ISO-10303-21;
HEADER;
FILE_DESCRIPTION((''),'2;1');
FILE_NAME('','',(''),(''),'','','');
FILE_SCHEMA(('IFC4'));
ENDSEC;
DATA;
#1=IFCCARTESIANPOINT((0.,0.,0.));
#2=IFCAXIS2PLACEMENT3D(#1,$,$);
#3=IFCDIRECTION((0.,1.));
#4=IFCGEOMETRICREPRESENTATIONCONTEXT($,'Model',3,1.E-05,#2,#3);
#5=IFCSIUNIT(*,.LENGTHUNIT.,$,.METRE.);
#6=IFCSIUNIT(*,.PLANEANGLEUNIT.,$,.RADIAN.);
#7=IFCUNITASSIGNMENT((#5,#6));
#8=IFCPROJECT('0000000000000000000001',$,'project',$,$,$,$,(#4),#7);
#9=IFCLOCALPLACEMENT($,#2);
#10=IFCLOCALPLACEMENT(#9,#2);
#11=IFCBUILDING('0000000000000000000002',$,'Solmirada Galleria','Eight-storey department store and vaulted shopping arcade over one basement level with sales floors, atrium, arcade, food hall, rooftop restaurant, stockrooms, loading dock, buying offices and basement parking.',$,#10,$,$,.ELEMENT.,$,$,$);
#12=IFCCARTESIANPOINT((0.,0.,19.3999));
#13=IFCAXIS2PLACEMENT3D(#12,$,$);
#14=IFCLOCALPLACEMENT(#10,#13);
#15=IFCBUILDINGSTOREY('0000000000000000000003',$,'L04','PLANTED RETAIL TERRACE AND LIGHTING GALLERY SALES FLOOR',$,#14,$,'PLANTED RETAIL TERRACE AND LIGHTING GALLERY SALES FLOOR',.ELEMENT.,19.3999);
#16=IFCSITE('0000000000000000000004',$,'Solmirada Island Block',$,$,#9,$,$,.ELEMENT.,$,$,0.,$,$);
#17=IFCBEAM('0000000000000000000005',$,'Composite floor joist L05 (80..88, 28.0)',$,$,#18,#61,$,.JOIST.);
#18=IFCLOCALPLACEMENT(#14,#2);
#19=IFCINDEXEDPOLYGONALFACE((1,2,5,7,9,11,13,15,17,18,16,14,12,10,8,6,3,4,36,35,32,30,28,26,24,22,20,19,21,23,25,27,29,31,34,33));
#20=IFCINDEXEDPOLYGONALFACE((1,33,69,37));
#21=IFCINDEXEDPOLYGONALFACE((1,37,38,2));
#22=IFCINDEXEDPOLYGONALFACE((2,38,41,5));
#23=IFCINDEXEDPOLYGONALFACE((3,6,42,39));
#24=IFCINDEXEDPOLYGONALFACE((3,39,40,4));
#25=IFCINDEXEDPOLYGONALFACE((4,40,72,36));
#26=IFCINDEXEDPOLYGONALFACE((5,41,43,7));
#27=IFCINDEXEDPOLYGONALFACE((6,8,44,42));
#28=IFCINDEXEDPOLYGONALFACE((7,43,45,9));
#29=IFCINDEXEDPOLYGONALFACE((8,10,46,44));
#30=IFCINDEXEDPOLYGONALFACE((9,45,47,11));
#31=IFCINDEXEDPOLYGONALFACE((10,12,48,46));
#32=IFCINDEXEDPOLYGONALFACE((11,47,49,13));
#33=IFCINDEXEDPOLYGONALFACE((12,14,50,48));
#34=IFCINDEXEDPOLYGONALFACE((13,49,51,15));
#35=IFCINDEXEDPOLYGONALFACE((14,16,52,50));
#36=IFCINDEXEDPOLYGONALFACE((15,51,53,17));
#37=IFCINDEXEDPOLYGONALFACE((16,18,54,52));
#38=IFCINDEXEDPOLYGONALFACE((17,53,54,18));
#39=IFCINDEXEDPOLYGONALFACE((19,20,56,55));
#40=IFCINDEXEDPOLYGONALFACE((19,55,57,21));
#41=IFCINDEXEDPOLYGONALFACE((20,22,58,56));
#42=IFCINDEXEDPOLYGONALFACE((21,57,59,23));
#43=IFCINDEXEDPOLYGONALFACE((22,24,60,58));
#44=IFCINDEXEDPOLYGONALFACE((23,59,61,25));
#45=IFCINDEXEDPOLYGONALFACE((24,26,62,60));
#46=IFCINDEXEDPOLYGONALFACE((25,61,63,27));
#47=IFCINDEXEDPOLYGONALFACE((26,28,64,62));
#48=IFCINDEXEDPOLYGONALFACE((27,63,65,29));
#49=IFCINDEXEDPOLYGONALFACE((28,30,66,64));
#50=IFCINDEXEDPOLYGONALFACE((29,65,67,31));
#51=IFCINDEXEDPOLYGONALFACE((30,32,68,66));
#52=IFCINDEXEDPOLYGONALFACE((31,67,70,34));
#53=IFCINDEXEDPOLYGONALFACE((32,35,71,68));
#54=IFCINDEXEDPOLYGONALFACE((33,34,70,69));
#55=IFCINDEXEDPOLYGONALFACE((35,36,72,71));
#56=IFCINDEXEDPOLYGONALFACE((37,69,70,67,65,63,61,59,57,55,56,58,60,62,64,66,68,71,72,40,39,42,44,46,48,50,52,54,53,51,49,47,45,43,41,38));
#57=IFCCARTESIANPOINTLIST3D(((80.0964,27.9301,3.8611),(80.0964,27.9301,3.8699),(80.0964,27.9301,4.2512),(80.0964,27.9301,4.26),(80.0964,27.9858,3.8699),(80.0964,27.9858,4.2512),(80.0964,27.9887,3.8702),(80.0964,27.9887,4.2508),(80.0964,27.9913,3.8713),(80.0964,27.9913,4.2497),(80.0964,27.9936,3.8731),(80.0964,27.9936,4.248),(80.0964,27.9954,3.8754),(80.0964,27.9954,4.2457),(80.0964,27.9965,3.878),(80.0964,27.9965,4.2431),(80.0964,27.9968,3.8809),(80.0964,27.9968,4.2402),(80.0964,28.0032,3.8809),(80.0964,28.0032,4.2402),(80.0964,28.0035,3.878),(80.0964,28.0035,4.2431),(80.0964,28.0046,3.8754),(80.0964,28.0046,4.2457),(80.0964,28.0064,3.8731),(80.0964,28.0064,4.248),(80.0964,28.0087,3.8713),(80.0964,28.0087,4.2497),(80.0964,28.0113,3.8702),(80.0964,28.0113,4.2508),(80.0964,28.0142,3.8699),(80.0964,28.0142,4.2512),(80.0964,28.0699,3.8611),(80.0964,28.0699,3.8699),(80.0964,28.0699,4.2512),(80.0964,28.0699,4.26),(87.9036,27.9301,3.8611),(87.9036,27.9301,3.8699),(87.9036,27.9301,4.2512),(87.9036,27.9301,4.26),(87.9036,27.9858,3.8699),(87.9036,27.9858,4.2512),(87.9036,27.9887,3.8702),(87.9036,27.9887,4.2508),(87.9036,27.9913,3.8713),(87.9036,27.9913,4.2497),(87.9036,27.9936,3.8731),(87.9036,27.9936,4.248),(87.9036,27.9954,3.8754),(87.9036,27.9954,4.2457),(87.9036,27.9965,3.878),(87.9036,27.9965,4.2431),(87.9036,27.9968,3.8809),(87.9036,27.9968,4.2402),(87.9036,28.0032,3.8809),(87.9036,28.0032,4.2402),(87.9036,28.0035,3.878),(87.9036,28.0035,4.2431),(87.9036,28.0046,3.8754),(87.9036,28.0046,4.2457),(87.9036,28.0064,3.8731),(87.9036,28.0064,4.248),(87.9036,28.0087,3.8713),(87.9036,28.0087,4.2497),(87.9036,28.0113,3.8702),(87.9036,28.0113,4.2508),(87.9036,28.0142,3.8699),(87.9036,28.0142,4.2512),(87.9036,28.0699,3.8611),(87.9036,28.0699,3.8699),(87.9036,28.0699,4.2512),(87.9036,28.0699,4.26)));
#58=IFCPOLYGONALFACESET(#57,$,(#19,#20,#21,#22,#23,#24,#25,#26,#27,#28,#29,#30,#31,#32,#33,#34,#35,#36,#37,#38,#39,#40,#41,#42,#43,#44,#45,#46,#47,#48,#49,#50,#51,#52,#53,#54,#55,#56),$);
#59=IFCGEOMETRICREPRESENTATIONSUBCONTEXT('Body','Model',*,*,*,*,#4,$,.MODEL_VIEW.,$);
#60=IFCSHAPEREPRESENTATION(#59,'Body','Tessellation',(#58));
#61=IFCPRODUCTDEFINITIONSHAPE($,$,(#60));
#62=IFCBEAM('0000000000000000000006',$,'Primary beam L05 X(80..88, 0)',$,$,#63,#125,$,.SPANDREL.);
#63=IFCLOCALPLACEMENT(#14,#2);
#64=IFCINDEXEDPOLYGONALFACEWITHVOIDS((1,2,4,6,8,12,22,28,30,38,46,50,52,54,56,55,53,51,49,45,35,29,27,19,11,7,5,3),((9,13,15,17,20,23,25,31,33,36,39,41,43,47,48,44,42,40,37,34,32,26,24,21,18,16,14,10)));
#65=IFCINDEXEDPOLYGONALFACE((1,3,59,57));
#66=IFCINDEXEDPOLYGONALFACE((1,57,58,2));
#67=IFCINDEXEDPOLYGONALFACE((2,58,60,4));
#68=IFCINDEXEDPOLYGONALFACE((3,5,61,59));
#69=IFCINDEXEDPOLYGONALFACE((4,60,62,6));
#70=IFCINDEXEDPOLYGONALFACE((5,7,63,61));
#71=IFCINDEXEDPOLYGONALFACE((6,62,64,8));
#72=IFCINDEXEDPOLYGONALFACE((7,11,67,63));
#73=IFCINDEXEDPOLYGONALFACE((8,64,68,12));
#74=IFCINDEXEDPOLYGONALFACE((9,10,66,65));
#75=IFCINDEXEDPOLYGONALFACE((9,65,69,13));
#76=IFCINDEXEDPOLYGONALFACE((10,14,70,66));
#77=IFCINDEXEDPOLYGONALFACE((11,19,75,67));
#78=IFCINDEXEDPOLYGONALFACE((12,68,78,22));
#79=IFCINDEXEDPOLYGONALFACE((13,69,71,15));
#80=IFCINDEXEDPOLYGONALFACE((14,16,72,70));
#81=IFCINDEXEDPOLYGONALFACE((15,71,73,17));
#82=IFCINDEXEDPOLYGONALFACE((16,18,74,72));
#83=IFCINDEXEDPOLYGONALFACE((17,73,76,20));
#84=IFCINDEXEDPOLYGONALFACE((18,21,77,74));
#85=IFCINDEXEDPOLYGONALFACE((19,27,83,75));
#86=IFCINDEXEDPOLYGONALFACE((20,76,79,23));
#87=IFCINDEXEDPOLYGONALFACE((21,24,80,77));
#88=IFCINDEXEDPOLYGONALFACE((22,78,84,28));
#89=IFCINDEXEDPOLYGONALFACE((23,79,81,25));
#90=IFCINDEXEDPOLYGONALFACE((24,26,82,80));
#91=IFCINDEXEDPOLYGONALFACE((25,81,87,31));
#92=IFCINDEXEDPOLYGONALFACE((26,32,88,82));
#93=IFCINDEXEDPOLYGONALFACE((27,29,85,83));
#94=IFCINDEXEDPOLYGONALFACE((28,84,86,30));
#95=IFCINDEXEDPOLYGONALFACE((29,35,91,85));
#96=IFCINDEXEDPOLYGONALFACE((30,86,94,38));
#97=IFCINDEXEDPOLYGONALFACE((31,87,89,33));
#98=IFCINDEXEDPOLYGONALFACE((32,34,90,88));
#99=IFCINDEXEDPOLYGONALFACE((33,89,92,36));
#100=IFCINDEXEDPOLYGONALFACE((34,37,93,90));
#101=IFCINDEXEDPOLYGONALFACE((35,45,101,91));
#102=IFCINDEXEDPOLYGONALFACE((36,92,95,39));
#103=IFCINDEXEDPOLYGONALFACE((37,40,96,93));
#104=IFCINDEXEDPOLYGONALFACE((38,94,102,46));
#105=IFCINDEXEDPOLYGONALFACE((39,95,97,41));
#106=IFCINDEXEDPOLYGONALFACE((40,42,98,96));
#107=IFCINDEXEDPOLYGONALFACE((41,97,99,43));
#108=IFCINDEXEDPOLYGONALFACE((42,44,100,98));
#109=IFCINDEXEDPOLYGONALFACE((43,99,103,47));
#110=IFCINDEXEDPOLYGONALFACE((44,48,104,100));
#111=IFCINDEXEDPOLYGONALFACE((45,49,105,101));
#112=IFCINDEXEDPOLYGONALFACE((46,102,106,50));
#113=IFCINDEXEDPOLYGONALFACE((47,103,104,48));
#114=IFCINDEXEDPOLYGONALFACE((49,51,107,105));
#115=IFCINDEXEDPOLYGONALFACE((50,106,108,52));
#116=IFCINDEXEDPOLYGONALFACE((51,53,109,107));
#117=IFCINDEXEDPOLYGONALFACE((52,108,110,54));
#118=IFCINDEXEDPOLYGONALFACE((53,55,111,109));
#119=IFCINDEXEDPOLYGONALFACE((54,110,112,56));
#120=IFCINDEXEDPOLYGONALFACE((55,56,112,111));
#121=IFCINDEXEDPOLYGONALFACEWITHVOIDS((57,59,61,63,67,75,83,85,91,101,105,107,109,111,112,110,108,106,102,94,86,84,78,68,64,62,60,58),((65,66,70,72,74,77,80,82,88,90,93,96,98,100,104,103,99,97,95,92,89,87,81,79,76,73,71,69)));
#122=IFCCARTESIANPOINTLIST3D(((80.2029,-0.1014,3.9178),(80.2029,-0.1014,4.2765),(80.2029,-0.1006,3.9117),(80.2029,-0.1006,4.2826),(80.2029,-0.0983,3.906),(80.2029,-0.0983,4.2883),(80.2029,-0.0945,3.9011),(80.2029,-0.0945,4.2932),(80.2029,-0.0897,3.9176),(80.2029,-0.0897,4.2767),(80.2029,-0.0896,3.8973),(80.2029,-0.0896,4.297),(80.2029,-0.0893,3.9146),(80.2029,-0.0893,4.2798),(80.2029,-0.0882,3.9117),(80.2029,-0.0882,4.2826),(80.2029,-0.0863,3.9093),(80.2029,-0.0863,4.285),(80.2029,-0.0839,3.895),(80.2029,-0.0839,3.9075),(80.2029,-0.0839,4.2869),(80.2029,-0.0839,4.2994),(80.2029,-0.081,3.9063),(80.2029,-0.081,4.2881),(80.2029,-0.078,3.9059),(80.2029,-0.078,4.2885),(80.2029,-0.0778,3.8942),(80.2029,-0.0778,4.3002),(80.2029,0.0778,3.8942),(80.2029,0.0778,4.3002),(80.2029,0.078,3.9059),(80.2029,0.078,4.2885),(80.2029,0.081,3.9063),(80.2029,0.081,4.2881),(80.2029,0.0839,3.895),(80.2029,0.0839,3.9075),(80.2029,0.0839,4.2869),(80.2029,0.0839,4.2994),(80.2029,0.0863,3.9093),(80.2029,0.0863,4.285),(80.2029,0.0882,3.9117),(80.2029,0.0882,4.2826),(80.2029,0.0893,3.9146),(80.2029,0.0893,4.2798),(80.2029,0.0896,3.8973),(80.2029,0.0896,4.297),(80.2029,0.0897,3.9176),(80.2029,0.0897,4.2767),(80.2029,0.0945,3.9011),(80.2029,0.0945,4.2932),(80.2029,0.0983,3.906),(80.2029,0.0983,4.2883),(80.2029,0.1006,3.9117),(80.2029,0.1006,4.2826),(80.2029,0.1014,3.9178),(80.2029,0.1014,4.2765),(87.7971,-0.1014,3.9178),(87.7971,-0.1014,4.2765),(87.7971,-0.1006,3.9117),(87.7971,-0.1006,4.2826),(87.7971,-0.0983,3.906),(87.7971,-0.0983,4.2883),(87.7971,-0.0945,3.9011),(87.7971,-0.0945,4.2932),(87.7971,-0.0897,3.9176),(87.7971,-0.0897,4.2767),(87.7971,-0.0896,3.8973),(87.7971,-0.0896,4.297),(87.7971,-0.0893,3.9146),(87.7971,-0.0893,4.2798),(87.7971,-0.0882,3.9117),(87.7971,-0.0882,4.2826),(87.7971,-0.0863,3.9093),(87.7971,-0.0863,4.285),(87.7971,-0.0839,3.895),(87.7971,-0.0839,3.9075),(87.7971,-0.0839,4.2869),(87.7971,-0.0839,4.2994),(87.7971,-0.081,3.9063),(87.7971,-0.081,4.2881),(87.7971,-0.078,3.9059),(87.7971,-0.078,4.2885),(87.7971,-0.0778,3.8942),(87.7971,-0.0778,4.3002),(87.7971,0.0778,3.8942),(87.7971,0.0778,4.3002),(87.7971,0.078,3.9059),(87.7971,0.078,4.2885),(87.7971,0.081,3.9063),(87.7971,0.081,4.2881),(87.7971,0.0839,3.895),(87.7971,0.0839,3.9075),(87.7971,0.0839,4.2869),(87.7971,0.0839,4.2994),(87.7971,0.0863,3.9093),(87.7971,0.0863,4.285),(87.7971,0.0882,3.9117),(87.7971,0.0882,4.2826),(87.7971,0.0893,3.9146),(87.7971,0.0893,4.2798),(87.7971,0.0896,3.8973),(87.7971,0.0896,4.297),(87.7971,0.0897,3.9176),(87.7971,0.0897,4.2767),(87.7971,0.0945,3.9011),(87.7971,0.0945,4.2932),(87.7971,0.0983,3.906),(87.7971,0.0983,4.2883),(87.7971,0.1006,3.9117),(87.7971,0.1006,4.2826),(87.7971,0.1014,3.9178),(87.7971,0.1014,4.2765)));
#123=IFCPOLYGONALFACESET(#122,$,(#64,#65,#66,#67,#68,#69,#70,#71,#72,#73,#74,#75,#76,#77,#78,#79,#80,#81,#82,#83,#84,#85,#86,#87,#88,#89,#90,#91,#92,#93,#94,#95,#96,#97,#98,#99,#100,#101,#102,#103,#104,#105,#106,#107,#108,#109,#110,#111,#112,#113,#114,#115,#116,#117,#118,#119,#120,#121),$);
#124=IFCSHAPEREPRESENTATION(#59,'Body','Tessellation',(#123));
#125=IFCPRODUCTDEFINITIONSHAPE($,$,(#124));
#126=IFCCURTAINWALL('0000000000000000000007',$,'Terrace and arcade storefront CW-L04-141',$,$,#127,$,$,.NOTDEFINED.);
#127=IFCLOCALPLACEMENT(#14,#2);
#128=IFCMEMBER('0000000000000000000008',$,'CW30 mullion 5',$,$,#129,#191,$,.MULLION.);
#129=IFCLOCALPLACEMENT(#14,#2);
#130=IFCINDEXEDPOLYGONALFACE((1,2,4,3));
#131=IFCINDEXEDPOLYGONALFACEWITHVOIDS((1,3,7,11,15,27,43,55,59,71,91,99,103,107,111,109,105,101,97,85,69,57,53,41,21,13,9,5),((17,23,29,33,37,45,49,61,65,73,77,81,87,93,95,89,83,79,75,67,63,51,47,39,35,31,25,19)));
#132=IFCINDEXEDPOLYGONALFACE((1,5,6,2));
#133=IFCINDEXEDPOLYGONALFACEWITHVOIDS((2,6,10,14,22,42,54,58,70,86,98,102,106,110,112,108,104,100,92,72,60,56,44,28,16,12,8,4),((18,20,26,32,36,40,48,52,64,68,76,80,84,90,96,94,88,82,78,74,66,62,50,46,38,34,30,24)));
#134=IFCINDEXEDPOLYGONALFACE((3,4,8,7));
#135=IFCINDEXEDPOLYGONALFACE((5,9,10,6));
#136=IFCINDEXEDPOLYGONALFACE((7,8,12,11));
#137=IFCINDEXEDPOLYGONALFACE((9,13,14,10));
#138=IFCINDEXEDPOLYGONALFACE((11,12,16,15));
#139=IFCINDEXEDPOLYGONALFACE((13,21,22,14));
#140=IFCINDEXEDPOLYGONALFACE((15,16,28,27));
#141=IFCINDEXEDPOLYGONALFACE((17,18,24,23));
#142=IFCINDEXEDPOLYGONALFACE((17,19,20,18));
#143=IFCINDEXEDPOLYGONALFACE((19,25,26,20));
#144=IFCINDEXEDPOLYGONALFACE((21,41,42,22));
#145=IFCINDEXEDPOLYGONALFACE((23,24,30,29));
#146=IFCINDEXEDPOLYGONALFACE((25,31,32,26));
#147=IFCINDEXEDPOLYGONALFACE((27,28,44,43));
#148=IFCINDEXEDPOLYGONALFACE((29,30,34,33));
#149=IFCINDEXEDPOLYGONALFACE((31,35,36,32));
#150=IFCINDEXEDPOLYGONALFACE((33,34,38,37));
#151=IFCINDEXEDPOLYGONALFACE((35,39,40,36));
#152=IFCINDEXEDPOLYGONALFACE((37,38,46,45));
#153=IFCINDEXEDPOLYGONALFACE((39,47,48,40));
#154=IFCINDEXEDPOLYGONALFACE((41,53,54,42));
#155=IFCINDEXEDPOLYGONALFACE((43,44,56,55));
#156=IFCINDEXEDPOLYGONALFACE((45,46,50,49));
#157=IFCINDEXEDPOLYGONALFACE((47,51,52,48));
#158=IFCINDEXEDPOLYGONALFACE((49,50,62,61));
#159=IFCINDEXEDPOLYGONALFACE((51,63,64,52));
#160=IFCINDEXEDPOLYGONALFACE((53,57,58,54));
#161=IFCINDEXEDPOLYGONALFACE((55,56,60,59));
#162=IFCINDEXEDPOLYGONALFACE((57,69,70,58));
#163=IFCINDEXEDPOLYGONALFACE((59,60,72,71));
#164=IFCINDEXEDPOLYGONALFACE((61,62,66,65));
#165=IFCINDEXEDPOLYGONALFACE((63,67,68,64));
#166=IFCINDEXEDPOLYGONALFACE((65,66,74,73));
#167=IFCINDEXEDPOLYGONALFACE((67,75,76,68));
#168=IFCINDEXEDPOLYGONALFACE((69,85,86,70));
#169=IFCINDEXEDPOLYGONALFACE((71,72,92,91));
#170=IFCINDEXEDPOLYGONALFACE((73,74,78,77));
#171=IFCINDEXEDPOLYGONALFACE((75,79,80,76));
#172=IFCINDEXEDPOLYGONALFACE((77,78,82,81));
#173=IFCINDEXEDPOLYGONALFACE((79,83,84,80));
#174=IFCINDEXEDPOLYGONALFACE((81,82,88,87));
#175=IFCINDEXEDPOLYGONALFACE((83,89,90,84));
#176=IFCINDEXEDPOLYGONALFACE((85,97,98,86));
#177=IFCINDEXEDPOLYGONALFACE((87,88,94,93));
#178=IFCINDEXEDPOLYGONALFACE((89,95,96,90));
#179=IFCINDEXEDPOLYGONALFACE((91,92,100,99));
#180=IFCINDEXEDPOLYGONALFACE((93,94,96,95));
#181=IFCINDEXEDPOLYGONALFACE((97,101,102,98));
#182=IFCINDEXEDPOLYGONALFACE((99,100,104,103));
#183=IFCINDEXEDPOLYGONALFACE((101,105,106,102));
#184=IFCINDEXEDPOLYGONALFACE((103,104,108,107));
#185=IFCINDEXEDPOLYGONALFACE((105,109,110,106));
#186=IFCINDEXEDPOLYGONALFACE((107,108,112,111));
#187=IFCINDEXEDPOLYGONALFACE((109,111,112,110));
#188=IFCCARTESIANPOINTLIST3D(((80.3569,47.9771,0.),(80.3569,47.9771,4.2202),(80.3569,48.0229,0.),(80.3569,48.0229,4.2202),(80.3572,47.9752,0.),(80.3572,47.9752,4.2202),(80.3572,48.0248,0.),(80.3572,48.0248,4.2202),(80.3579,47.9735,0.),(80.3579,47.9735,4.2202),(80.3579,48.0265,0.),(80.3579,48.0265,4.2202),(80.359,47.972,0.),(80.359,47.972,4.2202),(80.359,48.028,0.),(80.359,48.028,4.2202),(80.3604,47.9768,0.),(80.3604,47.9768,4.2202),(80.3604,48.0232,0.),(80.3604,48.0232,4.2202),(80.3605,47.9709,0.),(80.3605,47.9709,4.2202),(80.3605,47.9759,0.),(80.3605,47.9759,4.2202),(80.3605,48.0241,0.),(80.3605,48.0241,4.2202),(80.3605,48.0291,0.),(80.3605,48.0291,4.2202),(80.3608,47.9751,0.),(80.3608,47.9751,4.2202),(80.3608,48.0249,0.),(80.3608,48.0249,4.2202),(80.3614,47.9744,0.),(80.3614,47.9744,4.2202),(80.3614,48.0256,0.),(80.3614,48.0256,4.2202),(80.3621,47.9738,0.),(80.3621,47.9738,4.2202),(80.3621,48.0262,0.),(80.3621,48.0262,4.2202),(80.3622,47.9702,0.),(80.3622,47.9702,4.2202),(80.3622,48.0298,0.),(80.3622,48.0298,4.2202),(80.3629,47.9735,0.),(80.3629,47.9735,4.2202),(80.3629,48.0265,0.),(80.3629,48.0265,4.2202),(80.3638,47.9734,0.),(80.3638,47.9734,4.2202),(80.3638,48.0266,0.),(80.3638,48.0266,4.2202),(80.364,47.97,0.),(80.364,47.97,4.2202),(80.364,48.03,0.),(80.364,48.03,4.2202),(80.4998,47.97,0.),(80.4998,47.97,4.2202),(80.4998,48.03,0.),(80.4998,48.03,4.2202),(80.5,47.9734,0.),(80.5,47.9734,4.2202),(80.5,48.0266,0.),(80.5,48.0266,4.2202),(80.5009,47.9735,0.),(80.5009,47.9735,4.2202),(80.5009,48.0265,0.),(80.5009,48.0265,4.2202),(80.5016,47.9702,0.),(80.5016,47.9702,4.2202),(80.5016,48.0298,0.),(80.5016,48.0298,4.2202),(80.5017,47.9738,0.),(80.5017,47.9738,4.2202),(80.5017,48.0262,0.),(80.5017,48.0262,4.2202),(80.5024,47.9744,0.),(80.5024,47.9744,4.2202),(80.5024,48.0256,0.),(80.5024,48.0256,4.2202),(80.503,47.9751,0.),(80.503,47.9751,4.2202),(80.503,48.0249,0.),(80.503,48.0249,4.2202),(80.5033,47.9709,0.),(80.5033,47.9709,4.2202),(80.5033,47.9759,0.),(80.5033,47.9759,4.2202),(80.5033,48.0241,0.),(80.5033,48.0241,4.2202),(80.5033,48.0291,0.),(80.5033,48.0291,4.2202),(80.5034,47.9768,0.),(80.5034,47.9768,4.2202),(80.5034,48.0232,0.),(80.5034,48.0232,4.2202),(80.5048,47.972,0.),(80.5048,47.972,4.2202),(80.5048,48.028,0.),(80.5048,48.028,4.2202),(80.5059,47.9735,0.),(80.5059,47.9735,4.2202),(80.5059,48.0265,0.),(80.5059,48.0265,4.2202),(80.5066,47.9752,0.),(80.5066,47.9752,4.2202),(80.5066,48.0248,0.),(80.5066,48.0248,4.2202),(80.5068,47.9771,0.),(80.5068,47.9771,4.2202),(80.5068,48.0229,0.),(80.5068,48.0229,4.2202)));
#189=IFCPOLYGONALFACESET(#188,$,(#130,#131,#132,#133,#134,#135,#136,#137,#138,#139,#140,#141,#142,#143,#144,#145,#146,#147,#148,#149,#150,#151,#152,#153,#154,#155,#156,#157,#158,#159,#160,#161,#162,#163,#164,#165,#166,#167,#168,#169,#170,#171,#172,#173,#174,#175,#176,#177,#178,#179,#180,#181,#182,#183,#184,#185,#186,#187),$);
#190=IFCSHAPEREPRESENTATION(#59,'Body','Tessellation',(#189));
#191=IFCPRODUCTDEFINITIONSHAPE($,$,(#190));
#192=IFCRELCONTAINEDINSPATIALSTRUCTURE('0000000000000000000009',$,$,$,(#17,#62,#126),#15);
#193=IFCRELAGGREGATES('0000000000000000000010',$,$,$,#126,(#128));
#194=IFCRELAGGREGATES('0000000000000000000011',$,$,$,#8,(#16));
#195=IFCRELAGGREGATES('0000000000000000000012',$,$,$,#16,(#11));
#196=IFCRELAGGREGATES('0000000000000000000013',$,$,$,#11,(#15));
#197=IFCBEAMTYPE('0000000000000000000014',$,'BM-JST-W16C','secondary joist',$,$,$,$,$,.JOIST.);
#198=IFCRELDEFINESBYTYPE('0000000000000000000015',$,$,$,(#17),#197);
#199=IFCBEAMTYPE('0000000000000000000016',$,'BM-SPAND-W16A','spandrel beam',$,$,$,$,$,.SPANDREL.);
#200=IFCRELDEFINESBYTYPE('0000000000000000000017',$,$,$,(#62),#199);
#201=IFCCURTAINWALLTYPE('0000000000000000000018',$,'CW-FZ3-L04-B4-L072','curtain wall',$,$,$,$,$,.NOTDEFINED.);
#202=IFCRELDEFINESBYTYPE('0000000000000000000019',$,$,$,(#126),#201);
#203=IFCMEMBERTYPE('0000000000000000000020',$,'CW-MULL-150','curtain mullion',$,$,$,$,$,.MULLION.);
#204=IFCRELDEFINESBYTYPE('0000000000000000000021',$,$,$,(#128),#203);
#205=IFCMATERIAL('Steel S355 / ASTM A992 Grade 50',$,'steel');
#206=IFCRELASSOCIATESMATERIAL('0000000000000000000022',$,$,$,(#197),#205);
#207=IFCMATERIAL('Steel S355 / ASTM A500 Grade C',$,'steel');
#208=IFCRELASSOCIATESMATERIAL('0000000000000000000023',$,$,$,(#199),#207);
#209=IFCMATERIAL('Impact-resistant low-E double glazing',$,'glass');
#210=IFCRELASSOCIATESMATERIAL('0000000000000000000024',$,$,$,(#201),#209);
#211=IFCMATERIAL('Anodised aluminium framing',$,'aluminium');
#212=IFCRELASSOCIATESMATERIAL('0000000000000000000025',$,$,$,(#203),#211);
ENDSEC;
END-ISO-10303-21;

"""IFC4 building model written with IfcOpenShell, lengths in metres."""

from ifc_helpers import new_model, si_unit, direction, frame, origin, origin_2d, place, context, subcontext, project, spatial, hollow_rectangle, i_section, extrude, material, material_profile, profile_set, type_object, element, aggregate, save


model = new_model("IFC4")

# Units and contexts
model_context = context("Model", 3, precision=1e-05, world=origin(), true_north=direction((0.0, 1.0)))
body_context = subcontext(model_context, "Body", "Model", "MODEL_VIEW")
ifc_project = project(units=[si_unit("LENGTHUNIT", "METRE"), si_unit("PLANEANGLEUNIT", "RADIAN")], contexts=[model_context])

# Site, building, storey
site_placement = place(None, origin())
site = spatial("IfcSite", under=ifc_project, at=site_placement, Name="Solmirada Island Block", CompositionType="ELEMENT", RefElevation=0.0)
building_placement = place(site_placement, origin())
building = spatial("IfcBuilding", under=site, at=building_placement, Name="Solmirada Galleria", Description="Eight-storey department store and vaulted shopping arcade over one basement level with sales floors, atrium, arcade, food hall, rooftop restaurant, stockrooms, loading dock, buying offices and basement parking.", CompositionType="ELEMENT")
storey_placement = place(building_placement, frame((0.0, 0.0, 19.3999)))
storey = spatial("IfcBuildingStorey", under=building, at=storey_placement, Name="L04", Description="PLANTED RETAIL TERRACE AND LIGHTING GALLERY SALES FLOOR", LongName="PLANTED RETAIL TERRACE AND LIGHTING GALLERY SALES FLOOR", CompositionType="ELEMENT", Elevation=19.3999)

# Beams
ifc_material_1 = material(Name="Steel S355 / ASTM A992 Grade 50", Category="steel")
ifc_material_profile_1 = material_profile(ifc_material_1, i_section(OverallWidth=0.1399, OverallDepth=0.3989, WebThickness=0.0063, FlangeThickness=0.0088, FilletRadius=0.011, at=origin_2d()), Name="W16X26")
ifc_profile_set_1 = profile_set([ifc_material_profile_1], Name="Steel S355 / ASTM A992 Grade 50")
beam_type_1 = type_object("IfcBeamType", Name="BM-JST-W16C", Description="secondary joist", PredefinedType="JOIST", material=ifc_profile_set_1)
for number, where, z_axis, x_axis, name in (
    (1, (80.0964, 28.0, 4.0605), (1.0, 0.0, 0.0), (0.0, 1.0, 0.0), "Composite floor joist L05 (80..88, 28.0)"),
):
    element("IfcBeam", number, at=place(storey_placement, frame(where, z_axis=z_axis, x_axis=x_axis)), inside=storey, type_object=beam_type_1, Name=name, PredefinedType="JOIST", context=body_context, shape_type="SweptSolid", body=[
        extrude(i_section(OverallWidth=0.1399, OverallDepth=0.3989, WebThickness=0.0063, FlangeThickness=0.0088, FilletRadius=0.011, at=origin_2d()), origin(), (0.0, 0.0, 1.0), 7.8071),
    ])
ifc_material_2 = material(Name="Steel S355 / ASTM A500 Grade C", Category="steel")
ifc_material_profile_2 = material_profile(ifc_material_2, hollow_rectangle(XDim=0.2029, YDim=0.406, WallThickness=0.0117, InnerFilletRadius=0.0117, OuterFilletRadius=0.0237, at=origin_2d()), Name="HSS16X8X1/2")
ifc_profile_set_2 = profile_set([ifc_material_profile_2], Name="Steel S355 / ASTM A500 Grade C")
beam_type_2 = type_object("IfcBeamType", Name="BM-SPAND-W16A", Description="spandrel beam", PredefinedType="SPANDREL", material=ifc_profile_set_2)
beam_1_placement = place(storey_placement, frame((80.2029, 0.0, 4.0972), z_axis=(1.0, 0.0, 0.0), x_axis=(0.0, 1.0, 0.0)))
element("IfcBeam", 2, at=beam_1_placement, inside=storey, type_object=beam_type_2, Name="Primary beam L05 X(80..88, 0)", PredefinedType="SPANDREL", context=body_context, shape_type="SweptSolid", body=[
    extrude(hollow_rectangle(XDim=0.2029, YDim=0.406, WallThickness=0.0117, InnerFilletRadius=0.0117, OuterFilletRadius=0.0237, at=origin_2d()), origin(), (0.0, 0.0, 1.0), 7.5942),
])

# Curtain wall, member
ifc_material_3 = material(Name="Impact-resistant low-E double glazing", Category="glass")
curtain_wall_type = type_object("IfcCurtainWallType", Name="CW-FZ3-L04-B4-L072", Description="curtain wall", PredefinedType="NOTDEFINED", material=ifc_material_3)
curtain_wall_1_placement = place(storey_placement, origin())
curtain_wall_1 = element("IfcCurtainWall", 3, at=curtain_wall_1_placement, inside=storey, type_object=curtain_wall_type, Name="Terrace and arcade storefront CW-L04-141", PredefinedType="NOTDEFINED")
ifc_material_4 = material(Name="Anodised aluminium framing", Category="aluminium")
ifc_material_profile_3 = material_profile(ifc_material_4, hollow_rectangle(XDim=0.0601, YDim=0.1499, WallThickness=0.0034, InnerFilletRadius=0.0034, OuterFilletRadius=0.0071, at=origin_2d()), Name="ALU-MULL-150X60")
ifc_profile_set_3 = profile_set([ifc_material_profile_3], Name="Anodised aluminium framing")
member_type_1 = type_object("IfcMemberType", Name="CW-MULL-150", Description="curtain mullion", PredefinedType="MULLION", material=ifc_profile_set_3)
member_1_placement = place(storey_placement, frame((80.4319, 48.0, 0.0), z_axis=(0.0, 0.0, 1.0), x_axis=(0.0, -1.0, 0.0)))
member_1 = element("IfcMember", 4, at=member_1_placement, type_object=member_type_1, Name="CW30 mullion 5", PredefinedType="MULLION", context=body_context, shape_type="SweptSolid", body=[
    extrude(hollow_rectangle(XDim=0.0601, YDim=0.1499, WallThickness=0.0034, InnerFilletRadius=0.0034, OuterFilletRadius=0.0071, at=origin_2d()), origin(), (0.0, 0.0, 1.0), 4.2202),
])

aggregate(curtain_wall_1, [member_1])

save(model, "model.ifc")
